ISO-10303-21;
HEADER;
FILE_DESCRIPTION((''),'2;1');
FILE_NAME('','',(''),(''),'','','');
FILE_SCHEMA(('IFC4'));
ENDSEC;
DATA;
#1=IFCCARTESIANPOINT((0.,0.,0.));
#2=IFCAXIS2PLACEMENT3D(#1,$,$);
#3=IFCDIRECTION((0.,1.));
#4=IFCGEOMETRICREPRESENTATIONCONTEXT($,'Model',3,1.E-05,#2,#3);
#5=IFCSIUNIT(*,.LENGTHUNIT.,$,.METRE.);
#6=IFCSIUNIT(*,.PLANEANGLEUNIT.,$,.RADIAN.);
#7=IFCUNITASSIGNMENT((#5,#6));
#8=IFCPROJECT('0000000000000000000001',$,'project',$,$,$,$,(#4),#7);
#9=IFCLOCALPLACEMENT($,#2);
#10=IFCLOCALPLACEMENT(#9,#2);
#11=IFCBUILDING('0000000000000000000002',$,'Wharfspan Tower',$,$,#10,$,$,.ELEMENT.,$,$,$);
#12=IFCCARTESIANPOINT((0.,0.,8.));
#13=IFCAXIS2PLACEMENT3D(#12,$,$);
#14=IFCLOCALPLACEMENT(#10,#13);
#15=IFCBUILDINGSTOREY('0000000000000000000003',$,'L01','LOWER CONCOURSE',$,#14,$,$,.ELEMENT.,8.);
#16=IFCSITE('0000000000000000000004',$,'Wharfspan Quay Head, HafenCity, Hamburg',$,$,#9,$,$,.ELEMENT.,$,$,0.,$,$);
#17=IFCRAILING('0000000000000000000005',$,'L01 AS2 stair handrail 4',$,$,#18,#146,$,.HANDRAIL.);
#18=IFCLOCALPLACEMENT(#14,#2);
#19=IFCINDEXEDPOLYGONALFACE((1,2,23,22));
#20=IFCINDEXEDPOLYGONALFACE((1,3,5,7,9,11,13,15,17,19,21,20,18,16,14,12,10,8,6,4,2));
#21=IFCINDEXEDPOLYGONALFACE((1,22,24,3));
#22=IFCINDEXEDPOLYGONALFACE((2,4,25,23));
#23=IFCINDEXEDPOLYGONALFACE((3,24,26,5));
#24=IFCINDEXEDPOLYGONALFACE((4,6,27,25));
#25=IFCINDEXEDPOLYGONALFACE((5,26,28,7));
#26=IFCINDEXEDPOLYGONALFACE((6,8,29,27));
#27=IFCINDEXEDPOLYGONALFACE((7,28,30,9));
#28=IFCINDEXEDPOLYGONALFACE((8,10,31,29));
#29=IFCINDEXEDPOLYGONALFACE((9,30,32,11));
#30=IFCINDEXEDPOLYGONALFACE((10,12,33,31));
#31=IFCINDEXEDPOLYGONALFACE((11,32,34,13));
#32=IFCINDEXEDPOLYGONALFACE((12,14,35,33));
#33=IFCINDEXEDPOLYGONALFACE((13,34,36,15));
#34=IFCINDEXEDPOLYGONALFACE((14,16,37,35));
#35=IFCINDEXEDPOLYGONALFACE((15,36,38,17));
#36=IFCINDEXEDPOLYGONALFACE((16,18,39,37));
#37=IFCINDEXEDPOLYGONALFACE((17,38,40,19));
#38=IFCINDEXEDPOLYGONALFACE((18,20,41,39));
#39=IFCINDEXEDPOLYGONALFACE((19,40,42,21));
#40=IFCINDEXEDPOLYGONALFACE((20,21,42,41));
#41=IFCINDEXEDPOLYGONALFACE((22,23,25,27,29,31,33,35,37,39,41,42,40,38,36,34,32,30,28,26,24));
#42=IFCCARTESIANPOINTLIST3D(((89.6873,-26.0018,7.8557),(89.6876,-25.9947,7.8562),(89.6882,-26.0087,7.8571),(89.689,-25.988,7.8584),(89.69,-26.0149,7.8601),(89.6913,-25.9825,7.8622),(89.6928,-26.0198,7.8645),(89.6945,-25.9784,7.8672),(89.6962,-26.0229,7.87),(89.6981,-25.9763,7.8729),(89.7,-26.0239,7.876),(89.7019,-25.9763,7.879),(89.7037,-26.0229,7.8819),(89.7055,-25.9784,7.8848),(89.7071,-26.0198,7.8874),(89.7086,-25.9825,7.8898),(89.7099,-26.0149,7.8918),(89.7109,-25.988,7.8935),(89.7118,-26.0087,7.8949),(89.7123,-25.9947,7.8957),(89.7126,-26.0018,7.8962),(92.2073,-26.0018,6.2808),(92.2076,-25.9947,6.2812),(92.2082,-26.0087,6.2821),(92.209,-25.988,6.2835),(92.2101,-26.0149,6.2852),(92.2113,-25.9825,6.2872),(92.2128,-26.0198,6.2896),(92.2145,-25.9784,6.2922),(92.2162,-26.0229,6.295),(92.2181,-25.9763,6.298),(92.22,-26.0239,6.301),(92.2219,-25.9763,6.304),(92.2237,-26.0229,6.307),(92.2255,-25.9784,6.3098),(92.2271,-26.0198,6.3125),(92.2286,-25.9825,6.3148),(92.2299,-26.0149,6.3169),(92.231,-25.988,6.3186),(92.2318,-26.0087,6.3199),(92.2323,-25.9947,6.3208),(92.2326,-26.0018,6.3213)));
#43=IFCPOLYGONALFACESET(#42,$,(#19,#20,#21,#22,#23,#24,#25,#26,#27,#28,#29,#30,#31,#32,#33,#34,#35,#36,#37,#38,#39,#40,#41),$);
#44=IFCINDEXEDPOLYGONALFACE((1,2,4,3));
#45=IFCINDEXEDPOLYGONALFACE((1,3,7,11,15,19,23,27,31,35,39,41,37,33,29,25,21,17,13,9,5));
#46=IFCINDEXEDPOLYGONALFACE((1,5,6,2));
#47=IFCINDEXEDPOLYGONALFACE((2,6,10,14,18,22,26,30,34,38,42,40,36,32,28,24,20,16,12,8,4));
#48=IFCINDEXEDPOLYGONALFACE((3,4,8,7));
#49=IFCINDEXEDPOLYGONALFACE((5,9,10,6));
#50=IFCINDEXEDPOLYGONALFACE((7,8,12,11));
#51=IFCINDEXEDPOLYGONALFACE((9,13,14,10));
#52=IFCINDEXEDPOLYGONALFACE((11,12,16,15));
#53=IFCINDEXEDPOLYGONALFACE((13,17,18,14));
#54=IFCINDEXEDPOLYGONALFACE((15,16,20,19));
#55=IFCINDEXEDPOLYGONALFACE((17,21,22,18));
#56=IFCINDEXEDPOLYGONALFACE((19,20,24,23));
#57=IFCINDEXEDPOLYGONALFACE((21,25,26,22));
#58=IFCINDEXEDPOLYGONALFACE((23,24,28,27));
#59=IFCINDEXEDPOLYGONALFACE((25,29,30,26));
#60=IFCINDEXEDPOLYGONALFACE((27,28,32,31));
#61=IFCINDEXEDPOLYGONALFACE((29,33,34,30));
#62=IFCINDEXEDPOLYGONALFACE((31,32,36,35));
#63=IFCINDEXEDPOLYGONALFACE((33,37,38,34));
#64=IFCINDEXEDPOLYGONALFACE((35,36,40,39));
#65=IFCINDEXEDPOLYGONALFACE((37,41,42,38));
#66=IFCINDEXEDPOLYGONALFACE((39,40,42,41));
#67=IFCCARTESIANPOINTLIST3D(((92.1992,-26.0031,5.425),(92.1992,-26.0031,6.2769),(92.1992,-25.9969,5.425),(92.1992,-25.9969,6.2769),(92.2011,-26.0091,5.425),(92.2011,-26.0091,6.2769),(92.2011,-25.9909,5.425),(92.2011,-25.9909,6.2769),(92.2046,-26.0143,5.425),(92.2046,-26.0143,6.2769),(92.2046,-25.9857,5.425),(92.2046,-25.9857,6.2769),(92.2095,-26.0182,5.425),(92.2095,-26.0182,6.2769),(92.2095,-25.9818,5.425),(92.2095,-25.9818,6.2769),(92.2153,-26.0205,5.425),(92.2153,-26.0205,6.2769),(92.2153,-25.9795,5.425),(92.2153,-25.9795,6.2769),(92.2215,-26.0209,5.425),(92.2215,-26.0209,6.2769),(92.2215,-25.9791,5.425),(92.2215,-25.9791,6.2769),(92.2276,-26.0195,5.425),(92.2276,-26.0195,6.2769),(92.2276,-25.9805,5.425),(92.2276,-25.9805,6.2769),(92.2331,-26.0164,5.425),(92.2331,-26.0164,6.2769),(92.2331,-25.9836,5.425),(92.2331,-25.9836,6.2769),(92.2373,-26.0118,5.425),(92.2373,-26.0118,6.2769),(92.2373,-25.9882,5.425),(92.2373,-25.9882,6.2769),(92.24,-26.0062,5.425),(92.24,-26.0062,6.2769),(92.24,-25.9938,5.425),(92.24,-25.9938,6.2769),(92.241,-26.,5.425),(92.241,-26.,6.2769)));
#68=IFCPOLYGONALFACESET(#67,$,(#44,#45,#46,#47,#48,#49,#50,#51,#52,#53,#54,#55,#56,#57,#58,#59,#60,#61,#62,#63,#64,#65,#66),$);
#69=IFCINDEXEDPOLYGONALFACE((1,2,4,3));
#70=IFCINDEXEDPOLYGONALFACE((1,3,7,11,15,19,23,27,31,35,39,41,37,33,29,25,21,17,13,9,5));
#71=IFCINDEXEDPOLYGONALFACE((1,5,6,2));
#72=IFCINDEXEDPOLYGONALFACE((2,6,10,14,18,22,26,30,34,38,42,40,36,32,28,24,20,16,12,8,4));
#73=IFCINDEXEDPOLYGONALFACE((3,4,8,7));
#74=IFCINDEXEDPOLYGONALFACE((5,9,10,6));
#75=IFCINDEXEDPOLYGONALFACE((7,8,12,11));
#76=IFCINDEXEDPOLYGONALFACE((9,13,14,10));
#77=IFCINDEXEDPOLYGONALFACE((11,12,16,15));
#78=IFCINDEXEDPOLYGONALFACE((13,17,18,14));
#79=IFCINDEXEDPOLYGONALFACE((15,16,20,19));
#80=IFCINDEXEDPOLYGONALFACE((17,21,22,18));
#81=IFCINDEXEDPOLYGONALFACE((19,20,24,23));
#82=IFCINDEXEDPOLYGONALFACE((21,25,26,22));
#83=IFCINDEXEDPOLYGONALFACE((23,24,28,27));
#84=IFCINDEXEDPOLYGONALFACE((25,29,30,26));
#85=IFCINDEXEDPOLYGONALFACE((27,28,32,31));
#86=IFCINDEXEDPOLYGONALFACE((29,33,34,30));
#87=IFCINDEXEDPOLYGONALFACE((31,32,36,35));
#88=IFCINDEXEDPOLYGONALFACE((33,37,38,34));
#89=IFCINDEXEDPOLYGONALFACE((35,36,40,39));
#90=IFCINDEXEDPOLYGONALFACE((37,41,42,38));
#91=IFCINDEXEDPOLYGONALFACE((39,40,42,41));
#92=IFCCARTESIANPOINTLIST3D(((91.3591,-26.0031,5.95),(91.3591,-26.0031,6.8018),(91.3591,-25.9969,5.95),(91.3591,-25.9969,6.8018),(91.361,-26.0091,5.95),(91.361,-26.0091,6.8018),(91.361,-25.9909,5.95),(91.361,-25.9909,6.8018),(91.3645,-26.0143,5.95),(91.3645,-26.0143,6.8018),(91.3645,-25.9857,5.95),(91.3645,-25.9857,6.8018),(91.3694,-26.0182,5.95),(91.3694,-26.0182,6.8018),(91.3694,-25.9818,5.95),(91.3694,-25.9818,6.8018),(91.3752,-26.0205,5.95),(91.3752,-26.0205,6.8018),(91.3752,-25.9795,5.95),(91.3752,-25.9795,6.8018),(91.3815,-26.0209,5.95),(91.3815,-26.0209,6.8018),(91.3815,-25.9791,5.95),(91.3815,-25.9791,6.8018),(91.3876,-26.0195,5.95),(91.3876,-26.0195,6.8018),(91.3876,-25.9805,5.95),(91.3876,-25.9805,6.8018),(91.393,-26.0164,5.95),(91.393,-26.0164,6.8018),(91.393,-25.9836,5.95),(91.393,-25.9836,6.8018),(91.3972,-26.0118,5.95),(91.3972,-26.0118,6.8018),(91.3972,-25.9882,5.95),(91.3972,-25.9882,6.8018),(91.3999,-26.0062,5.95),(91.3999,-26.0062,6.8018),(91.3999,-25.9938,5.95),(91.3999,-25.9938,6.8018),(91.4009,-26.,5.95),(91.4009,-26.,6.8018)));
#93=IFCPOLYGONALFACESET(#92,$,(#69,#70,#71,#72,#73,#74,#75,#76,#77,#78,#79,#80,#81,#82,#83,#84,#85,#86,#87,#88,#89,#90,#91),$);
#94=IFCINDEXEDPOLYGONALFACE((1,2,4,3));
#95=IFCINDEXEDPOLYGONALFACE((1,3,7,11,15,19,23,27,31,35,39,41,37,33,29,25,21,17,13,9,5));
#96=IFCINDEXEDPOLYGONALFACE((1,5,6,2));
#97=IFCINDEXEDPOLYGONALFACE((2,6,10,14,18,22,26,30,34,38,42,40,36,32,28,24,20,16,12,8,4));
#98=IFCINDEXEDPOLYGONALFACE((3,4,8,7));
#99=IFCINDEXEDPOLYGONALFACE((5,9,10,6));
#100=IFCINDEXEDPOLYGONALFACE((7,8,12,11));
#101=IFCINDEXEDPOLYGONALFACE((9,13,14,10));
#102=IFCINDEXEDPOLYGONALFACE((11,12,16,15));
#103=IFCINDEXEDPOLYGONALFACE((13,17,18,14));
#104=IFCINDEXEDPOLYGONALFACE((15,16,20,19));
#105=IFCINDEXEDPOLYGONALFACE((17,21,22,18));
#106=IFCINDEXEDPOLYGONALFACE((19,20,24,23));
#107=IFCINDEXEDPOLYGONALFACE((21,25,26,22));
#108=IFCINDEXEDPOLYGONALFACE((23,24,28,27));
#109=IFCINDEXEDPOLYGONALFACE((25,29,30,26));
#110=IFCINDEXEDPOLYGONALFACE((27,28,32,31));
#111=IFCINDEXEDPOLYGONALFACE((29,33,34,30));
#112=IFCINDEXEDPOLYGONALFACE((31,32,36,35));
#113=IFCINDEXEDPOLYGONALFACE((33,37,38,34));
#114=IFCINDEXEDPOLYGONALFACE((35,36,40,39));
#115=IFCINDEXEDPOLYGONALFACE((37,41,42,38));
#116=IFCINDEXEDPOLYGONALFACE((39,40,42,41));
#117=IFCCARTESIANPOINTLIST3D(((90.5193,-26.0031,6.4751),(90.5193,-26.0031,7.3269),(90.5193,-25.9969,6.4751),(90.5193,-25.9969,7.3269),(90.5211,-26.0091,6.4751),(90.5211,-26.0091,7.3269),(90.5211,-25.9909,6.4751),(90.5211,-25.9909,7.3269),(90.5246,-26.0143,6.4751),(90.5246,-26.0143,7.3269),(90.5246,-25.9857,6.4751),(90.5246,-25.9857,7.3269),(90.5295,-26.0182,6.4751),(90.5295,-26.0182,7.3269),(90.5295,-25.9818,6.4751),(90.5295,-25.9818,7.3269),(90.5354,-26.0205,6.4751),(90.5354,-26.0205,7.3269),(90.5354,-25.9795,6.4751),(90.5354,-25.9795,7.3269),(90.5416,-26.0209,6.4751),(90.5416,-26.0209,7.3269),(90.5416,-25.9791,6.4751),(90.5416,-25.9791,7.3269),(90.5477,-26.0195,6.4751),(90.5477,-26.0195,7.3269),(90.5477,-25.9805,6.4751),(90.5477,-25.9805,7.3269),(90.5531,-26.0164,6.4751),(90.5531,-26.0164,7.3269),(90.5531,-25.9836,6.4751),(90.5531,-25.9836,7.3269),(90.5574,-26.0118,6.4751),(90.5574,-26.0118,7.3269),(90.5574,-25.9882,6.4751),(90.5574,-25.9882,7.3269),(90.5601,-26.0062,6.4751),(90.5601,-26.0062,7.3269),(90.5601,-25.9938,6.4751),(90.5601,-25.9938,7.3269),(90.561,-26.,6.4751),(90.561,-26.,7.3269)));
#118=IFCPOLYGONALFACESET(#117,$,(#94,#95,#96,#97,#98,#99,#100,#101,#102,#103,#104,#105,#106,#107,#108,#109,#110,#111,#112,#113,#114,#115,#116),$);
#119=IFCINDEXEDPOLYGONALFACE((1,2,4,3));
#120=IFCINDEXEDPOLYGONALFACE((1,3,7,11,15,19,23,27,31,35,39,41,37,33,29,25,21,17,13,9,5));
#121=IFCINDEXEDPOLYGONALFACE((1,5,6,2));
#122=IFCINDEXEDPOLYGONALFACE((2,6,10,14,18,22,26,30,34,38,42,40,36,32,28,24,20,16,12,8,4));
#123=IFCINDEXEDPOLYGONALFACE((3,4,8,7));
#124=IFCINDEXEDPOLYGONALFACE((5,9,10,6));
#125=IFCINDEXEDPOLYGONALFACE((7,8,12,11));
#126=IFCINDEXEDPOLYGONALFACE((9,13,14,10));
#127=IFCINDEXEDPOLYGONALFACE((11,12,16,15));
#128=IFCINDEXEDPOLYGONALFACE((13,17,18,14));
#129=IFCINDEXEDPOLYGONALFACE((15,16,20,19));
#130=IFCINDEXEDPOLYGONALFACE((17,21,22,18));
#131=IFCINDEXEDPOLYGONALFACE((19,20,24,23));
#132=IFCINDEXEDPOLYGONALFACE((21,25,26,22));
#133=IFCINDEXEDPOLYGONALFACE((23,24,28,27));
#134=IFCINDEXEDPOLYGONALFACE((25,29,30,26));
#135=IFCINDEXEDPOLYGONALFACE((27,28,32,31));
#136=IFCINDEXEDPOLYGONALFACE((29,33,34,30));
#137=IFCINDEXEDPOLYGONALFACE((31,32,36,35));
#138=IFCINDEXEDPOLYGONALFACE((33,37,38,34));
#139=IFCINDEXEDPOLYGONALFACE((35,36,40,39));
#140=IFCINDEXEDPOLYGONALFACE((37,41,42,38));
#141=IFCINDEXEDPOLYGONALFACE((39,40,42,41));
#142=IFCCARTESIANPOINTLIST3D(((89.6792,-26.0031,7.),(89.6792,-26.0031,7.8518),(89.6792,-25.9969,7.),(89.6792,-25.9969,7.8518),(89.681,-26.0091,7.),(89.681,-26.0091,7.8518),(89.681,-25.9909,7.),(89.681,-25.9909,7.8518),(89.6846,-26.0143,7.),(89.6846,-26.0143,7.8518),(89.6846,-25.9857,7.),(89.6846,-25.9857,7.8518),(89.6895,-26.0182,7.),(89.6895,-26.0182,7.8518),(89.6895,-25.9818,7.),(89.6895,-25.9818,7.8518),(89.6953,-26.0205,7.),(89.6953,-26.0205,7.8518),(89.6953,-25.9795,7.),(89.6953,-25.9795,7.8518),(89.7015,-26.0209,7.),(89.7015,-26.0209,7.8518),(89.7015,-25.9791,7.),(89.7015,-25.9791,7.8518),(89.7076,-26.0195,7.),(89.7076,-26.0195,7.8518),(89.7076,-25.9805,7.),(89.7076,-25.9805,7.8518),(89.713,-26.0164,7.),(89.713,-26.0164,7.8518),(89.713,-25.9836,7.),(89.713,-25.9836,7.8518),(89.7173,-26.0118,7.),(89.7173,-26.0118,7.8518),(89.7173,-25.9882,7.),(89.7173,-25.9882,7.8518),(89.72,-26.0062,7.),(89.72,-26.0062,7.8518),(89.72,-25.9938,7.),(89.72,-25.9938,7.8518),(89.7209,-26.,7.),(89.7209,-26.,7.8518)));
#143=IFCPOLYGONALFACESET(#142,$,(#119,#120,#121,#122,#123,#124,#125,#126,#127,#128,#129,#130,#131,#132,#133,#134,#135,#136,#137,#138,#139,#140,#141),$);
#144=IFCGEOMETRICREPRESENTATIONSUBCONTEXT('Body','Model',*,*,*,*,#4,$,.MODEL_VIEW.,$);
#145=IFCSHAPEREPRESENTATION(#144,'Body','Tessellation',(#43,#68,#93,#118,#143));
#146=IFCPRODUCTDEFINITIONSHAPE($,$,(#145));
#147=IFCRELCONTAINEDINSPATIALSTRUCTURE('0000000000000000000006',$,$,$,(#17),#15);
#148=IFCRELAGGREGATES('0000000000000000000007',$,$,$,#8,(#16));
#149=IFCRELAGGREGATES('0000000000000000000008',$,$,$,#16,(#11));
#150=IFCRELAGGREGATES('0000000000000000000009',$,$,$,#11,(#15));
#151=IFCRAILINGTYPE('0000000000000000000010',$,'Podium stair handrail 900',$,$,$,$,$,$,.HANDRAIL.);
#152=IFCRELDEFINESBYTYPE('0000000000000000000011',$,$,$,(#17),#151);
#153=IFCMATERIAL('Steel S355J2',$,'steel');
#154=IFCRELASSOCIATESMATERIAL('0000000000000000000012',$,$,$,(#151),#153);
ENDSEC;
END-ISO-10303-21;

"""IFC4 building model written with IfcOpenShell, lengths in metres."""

from ifc_helpers import new_model, si_unit, direction, frame, origin, origin_2d, place, context, subcontext, project, spatial, circle, extrude, material, type_object, element, save


model = new_model("IFC4")

# Units and contexts
model_context = context("Model", 3, precision=1e-05, world=origin(), true_north=direction((0.0, 1.0)))
body_context = subcontext(model_context, "Body", "Model", "MODEL_VIEW")
ifc_project = project(units=[si_unit("LENGTHUNIT", "METRE"), si_unit("PLANEANGLEUNIT", "RADIAN")], contexts=[model_context])

# Site, building, storey
site_placement = place(None, origin())
site = spatial("IfcSite", under=ifc_project, at=site_placement, Name="Wharfspan Quay Head, HafenCity, Hamburg", CompositionType="ELEMENT", RefElevation=0.0)
building_placement = place(site_placement, origin())
building = spatial("IfcBuilding", under=site, at=building_placement, Name="Wharfspan Tower", CompositionType="ELEMENT")
storey_placement = place(building_placement, frame((0.0, 0.0, 8.0)))
storey = spatial("IfcBuildingStorey", under=building, at=storey_placement, Name="L01", Description="LOWER CONCOURSE", CompositionType="ELEMENT", Elevation=8.0)

# Railing
ifc_material_1 = material(Name="Steel S355J2", Category="steel")
railing_type_1 = type_object("IfcRailingType", Name="Podium stair handrail 900", PredefinedType="HANDRAIL", material=ifc_material_1)
for number, where, name in (
    (1, (92.22, -26.0, 5.425), "L01 AS2 stair handrail 4"),
):
    element("IfcRailing", number, at=place(storey_placement, frame(where)), inside=storey, type_object=railing_type_1, Name=name, PredefinedType="HANDRAIL", context=body_context, shape_type="SweptSolid", body=[
        extrude(circle(Radius=0.0239, at=origin_2d()), frame((0.0, 0.0, 0.876), z_axis=(-0.848008, 0.0, 0.529984), x_axis=(0.0, -1.0, 0.0)), (0.0, 0.0, 1.0), 2.9717),
        extrude(circle(Radius=0.021, at=origin_2d()), origin(), (0.0, 0.0, 1.0), 0.8518),
        extrude(circle(Radius=0.021, at=origin_2d()), frame((-0.8401, 0.0, 0.5249)), (0.0, 0.0, 1.0), 0.8518),
        extrude(circle(Radius=0.021, at=origin_2d()), frame((-1.6799, 0.0, 1.05)), (0.0, 0.0, 1.0), 0.8518),
        extrude(circle(Radius=0.021, at=origin_2d()), frame((-2.52, 0.0, 1.575)), (0.0, 0.0, 1.0), 0.8518),
    ])

save(model, "model.ifc")
